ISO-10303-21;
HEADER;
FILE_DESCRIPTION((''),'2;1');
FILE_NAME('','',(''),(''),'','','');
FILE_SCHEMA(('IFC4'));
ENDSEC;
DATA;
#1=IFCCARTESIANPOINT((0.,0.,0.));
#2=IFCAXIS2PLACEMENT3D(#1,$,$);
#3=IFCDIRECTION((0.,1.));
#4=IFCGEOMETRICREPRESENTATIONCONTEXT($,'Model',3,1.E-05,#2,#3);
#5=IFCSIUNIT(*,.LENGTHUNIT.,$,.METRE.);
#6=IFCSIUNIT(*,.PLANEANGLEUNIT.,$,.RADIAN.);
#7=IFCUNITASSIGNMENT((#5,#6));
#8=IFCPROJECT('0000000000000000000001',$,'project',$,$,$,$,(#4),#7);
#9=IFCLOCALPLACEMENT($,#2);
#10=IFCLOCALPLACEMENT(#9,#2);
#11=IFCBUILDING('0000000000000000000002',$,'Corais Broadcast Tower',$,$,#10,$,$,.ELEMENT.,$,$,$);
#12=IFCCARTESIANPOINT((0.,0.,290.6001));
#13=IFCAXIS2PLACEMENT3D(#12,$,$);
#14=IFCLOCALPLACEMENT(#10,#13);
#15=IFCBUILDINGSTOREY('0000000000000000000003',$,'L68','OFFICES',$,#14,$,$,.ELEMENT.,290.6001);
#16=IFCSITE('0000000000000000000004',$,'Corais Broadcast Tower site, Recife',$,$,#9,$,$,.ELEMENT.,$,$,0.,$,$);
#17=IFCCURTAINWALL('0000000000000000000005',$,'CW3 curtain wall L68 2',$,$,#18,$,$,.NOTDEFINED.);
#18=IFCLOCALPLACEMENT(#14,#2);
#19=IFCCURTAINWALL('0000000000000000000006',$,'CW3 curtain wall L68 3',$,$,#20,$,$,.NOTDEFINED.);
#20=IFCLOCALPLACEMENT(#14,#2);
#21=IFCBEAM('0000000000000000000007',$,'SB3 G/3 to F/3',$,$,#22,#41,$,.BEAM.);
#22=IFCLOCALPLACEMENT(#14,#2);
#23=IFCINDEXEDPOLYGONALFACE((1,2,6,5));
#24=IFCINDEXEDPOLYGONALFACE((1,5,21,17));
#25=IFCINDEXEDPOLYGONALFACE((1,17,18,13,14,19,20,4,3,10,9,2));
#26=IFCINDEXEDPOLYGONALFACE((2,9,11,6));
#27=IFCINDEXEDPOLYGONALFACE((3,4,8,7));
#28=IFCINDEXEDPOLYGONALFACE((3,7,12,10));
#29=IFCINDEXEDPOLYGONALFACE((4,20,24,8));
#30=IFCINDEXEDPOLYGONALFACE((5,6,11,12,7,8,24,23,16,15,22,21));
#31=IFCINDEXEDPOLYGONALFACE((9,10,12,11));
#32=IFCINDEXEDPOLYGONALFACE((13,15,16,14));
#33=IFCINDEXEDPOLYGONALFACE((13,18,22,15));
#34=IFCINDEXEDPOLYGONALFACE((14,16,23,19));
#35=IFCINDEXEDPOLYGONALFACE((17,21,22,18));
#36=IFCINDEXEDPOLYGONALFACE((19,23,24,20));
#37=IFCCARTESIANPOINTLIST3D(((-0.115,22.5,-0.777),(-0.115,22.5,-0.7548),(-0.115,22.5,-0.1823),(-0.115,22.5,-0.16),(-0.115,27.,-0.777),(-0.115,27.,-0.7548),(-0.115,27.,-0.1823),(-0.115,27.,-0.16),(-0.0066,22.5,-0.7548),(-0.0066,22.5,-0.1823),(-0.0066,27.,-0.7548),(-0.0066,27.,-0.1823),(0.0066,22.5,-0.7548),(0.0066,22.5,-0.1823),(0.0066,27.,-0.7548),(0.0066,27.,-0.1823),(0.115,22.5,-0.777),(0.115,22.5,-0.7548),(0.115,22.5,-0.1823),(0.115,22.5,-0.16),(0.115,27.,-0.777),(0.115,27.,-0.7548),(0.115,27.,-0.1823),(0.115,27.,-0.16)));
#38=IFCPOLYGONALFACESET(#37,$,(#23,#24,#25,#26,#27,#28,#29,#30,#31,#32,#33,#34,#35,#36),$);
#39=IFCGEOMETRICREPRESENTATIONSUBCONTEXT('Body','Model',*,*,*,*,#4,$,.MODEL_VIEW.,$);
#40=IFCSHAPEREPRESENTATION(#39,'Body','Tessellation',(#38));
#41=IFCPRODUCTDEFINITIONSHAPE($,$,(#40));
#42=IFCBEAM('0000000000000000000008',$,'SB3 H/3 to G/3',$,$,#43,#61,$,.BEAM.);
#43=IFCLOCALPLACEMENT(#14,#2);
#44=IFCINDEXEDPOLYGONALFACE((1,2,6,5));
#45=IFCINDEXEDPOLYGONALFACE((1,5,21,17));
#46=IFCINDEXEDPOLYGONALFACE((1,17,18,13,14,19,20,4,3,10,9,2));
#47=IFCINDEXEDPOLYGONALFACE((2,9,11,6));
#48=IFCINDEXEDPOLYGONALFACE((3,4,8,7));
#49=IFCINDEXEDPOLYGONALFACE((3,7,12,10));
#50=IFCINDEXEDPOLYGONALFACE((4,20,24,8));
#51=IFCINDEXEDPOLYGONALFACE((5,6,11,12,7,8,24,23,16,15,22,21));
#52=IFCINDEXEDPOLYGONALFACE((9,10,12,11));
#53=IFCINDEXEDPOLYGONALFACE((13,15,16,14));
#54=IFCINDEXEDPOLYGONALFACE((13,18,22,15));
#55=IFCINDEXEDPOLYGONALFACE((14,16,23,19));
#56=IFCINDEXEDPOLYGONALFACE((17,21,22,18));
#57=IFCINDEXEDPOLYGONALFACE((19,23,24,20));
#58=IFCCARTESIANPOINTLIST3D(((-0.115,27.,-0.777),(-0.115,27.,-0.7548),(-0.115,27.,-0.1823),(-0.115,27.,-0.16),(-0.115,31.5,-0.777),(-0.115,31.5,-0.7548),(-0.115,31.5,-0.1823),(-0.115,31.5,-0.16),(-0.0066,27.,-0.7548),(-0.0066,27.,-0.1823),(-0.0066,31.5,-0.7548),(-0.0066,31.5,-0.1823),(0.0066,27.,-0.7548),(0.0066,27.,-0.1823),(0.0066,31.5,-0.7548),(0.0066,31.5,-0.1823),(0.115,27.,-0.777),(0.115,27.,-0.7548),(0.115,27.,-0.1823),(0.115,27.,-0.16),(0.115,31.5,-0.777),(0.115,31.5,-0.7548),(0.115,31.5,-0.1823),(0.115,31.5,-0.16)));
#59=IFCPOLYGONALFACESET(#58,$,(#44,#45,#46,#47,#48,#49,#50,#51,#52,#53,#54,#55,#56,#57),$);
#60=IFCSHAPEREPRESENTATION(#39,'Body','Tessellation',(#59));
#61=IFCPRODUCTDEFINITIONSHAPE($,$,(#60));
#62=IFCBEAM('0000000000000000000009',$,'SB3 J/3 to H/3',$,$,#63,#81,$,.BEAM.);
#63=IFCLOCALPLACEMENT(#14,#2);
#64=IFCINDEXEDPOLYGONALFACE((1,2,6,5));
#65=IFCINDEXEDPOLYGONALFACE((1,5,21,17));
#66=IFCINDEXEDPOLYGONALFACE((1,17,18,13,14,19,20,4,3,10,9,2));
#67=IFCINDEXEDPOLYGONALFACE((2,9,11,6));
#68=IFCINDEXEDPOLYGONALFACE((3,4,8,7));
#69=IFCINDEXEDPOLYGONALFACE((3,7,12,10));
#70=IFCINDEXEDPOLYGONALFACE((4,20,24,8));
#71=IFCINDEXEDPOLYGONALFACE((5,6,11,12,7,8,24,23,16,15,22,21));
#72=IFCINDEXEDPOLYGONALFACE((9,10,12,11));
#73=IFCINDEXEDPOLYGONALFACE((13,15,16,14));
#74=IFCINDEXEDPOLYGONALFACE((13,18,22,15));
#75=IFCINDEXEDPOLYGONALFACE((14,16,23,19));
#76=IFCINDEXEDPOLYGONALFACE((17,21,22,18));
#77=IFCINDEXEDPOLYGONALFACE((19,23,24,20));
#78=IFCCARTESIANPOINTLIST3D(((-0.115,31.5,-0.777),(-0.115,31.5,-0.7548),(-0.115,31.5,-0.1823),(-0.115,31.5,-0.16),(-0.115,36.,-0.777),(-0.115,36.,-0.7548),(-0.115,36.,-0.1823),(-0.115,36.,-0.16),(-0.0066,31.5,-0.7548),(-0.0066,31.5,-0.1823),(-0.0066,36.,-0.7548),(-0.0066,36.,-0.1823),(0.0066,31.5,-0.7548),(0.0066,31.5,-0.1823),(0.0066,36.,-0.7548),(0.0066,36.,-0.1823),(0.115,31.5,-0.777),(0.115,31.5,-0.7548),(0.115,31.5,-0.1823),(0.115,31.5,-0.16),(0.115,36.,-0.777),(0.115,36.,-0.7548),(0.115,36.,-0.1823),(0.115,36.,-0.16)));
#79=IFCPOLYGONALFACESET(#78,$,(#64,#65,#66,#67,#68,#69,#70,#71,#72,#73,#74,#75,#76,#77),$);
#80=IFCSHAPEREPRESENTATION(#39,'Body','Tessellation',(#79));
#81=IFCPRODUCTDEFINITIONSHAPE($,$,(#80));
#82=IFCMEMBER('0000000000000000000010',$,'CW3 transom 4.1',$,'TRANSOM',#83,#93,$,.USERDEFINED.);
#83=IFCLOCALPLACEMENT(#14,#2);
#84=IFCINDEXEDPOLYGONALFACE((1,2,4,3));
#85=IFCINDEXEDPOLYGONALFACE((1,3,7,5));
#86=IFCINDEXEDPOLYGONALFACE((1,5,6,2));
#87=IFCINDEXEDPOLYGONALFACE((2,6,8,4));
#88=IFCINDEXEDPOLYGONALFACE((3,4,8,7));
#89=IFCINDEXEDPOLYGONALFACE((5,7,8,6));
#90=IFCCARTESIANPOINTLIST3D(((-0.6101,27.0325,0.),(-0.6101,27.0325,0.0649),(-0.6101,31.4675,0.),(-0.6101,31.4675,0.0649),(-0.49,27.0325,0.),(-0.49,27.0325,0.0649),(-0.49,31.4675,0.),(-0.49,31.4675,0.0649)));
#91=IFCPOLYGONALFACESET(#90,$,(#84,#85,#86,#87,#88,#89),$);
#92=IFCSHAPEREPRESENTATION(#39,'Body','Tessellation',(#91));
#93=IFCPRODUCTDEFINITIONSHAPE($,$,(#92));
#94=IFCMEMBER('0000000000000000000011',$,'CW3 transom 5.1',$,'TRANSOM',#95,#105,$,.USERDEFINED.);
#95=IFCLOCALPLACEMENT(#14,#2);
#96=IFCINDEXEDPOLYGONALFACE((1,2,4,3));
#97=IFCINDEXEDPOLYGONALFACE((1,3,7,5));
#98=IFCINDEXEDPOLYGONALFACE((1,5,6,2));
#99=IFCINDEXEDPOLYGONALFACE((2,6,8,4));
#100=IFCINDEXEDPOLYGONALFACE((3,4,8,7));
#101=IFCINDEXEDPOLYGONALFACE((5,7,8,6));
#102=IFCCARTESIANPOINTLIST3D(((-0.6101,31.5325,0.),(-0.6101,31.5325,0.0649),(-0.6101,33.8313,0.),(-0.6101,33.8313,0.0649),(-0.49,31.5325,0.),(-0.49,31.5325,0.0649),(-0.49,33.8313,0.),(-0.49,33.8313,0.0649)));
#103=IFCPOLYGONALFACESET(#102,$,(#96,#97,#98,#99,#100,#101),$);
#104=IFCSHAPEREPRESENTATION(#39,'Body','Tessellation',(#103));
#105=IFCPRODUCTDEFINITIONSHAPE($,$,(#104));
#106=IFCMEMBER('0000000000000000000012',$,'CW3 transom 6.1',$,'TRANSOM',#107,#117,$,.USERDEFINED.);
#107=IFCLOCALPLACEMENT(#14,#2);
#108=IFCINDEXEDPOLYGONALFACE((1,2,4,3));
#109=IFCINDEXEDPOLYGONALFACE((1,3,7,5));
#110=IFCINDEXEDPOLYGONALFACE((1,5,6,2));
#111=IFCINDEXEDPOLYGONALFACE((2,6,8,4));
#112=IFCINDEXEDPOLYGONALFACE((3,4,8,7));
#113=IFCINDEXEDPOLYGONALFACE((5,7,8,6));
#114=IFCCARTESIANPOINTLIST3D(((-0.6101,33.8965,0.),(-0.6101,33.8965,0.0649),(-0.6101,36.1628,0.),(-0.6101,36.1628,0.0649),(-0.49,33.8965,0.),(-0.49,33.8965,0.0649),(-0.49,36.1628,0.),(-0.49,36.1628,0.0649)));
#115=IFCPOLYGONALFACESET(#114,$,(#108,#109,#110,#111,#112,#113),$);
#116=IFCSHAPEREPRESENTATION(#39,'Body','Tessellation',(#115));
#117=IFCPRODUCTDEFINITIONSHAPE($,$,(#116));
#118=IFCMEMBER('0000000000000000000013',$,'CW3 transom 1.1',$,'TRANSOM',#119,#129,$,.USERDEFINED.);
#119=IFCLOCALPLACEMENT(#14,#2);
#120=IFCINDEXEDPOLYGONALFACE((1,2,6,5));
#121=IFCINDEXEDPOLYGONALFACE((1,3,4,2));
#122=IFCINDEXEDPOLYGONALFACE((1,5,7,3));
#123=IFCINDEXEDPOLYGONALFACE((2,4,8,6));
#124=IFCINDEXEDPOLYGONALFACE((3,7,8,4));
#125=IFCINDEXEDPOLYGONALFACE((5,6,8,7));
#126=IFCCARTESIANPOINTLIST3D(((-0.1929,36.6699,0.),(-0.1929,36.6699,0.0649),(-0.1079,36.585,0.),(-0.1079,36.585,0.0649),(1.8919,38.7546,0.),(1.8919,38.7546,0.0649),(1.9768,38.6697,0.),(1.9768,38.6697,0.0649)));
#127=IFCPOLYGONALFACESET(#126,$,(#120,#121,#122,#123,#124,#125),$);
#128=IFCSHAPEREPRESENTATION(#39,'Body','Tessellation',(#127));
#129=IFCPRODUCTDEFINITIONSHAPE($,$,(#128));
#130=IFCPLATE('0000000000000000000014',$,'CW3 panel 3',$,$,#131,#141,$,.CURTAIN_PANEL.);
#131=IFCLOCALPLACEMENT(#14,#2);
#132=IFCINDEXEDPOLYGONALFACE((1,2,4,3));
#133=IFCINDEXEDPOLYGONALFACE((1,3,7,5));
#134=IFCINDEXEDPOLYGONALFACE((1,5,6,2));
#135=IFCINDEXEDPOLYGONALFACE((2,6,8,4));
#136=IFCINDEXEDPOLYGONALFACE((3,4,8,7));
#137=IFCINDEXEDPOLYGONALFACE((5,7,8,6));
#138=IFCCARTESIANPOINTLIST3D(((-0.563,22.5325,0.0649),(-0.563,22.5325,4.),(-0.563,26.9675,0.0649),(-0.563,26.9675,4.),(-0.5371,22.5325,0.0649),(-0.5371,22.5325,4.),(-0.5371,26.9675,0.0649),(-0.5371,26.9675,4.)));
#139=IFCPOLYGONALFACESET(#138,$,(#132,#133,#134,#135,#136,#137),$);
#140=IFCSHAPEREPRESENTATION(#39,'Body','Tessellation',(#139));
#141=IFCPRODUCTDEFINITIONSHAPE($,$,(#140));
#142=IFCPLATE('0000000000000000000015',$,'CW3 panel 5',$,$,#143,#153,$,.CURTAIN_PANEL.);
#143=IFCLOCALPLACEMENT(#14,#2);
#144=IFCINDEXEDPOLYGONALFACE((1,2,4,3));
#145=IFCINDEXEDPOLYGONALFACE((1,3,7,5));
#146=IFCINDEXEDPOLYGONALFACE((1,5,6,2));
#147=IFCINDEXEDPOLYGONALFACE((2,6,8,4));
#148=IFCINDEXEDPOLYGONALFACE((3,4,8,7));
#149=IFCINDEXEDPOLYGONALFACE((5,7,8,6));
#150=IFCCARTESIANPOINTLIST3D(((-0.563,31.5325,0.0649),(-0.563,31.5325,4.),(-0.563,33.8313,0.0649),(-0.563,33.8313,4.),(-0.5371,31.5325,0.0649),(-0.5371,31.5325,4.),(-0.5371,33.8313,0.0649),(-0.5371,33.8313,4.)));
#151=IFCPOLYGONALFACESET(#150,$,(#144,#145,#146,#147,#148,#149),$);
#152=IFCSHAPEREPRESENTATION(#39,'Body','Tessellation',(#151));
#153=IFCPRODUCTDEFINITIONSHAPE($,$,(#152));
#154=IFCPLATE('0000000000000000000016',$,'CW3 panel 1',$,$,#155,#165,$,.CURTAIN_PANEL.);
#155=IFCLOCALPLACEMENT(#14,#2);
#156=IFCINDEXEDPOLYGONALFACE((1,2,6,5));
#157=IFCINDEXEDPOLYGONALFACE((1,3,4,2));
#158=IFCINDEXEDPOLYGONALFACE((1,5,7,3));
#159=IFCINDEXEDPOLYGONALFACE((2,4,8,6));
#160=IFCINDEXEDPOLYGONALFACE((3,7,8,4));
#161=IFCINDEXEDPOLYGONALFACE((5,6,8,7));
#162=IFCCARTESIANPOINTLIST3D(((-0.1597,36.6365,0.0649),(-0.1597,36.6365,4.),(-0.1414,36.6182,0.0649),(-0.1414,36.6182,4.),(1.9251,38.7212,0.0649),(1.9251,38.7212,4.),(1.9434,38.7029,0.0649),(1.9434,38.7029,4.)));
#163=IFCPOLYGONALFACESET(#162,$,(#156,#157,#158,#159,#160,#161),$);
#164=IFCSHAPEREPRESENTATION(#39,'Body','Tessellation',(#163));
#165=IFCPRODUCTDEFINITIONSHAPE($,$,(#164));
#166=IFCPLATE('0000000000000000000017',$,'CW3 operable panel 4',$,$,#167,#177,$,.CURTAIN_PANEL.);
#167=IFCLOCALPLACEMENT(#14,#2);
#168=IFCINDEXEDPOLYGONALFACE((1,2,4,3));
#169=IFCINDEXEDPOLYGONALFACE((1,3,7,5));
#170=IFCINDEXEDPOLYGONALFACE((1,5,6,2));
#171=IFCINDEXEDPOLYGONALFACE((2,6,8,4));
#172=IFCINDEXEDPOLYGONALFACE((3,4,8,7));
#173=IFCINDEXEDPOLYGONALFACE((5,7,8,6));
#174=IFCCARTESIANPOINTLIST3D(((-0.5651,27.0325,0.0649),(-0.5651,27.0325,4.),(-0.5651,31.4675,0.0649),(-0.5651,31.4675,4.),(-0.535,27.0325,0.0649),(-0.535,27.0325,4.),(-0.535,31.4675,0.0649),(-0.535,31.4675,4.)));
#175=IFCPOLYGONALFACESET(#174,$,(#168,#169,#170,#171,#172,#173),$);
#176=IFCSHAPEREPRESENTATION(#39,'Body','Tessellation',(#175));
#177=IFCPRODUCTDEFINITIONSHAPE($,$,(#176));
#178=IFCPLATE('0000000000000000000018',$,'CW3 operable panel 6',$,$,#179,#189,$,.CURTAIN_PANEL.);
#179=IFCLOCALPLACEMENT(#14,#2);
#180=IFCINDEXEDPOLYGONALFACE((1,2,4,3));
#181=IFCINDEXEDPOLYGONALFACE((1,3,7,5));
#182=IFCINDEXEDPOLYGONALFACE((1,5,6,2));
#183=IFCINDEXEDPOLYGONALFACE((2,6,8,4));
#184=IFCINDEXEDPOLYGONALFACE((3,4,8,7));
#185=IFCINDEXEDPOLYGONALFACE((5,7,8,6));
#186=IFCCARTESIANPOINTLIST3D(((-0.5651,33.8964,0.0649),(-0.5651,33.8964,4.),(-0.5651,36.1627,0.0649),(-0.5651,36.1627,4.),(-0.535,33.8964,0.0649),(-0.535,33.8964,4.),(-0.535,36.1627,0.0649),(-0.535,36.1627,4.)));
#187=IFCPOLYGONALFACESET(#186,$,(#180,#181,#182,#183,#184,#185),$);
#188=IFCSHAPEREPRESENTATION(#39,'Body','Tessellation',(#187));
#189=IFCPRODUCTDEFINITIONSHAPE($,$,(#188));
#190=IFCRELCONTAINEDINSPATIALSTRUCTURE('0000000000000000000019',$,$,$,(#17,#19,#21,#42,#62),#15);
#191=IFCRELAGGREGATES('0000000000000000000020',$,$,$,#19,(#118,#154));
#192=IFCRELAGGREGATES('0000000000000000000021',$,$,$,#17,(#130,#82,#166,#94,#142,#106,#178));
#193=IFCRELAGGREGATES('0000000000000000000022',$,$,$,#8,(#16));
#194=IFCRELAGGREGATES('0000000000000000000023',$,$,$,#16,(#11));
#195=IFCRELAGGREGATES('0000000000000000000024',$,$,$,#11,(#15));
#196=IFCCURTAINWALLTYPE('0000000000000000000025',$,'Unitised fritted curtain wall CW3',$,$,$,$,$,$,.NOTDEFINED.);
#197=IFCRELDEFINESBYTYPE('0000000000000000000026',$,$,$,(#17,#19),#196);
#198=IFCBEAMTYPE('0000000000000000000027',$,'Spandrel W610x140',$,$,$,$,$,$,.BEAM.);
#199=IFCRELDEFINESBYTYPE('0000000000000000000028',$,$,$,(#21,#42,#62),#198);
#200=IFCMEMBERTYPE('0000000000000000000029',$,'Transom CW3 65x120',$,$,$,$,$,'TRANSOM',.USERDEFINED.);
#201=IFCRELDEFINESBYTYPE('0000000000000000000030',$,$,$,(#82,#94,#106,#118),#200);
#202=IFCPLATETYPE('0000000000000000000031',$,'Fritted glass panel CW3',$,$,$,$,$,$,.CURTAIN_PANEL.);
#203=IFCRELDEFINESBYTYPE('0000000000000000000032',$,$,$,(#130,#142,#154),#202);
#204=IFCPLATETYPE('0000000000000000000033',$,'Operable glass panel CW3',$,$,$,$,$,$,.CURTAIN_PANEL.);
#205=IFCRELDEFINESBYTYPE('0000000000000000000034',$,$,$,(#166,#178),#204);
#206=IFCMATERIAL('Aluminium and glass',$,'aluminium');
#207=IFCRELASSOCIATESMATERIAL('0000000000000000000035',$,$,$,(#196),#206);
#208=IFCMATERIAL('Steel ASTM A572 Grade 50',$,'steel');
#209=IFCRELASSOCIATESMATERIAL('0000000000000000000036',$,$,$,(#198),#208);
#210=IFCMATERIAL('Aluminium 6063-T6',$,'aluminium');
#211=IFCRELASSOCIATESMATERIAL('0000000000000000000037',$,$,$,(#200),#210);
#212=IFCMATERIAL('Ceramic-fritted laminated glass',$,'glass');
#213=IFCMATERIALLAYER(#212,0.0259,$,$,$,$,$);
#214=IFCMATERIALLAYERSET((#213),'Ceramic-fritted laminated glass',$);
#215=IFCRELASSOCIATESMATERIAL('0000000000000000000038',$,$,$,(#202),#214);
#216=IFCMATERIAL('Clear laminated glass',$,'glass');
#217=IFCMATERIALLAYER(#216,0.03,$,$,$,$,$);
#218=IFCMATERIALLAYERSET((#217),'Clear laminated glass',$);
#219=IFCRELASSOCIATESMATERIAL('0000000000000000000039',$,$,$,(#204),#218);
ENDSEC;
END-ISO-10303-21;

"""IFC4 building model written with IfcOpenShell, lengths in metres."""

from ifc_helpers import new_model, si_unit, direction, frame, origin, origin_2d, place, context, subcontext, project, spatial, rectangle, i_section, extrude, material, layer, layer_set, material_profile, profile_set, type_object, element, aggregate, save


model = new_model("IFC4")

# Units and contexts
model_context = context("Model", 3, precision=1e-05, world=origin(), true_north=direction((0.0, 1.0)))
body_context = subcontext(model_context, "Body", "Model", "MODEL_VIEW")
ifc_project = project(units=[si_unit("LENGTHUNIT", "METRE"), si_unit("PLANEANGLEUNIT", "RADIAN")], contexts=[model_context])

# Site, building, storey
site_placement = place(None, origin())
site = spatial("IfcSite", under=ifc_project, at=site_placement, Name="Corais Broadcast Tower site, Recife", CompositionType="ELEMENT", RefElevation=0.0)
building_placement = place(site_placement, origin())
building = spatial("IfcBuilding", under=site, at=building_placement, Name="Corais Broadcast Tower", CompositionType="ELEMENT")
storey_placement = place(building_placement, frame((0.0, 0.0, 290.6001)))
storey = spatial("IfcBuildingStorey", under=building, at=storey_placement, Name="L68", Description="OFFICES", CompositionType="ELEMENT", Elevation=290.6001)

# Curtain walls
ifc_material_1 = material(Name="Aluminium and glass", Category="aluminium")
curtain_wall_type = type_object("IfcCurtainWallType", Name="Unitised fritted curtain wall CW3", PredefinedType="NOTDEFINED", material=ifc_material_1)
curtain_wall_1_placement = place(storey_placement, origin())
curtain_wall_1 = element("IfcCurtainWall", 1, at=curtain_wall_1_placement, inside=storey, type_object=curtain_wall_type, Name="CW3 curtain wall L68 2", PredefinedType="NOTDEFINED")
curtain_wall_2_placement = place(storey_placement, origin())
curtain_wall_2 = element("IfcCurtainWall", 2, at=curtain_wall_2_placement, inside=storey, type_object=curtain_wall_type, Name="CW3 curtain wall L68 3", PredefinedType="NOTDEFINED")

# Beams
ifc_material_2 = material(Name="Steel ASTM A572 Grade 50", Category="steel")
ifc_material_profile_1 = material_profile(ifc_material_2, i_section(OverallWidth=0.23, OverallDepth=0.6169, WebThickness=0.0132, FlangeThickness=0.0222, at=origin_2d()), Name="W610x140")
ifc_profile_set_1 = profile_set([ifc_material_profile_1], Name="Steel ASTM A572 Grade 50")
beam_type_1 = type_object("IfcBeamType", Name="Spandrel W610x140", PredefinedType="BEAM", material=ifc_profile_set_1)
for number, where, z_axis, x_axis, name in (
    (3, (0.0, 27.0, -0.4685), (0.0, -1.0, 0.0), (1.0, 0.0, 0.0), "SB3 G/3 to F/3"),
    (4, (0.0, 31.5, -0.4685), (0.0, -1.0, 0.0), (1.0, 0.0, 0.0), "SB3 H/3 to G/3"),
    (5, (0.0, 36.0, -0.4685), (0.0, -1.0, 0.0), (1.0, 0.0, 0.0), "SB3 J/3 to H/3"),
):
    element("IfcBeam", number, at=place(storey_placement, frame(where, z_axis=z_axis, x_axis=x_axis)), inside=storey, type_object=beam_type_1, Name=name, PredefinedType="BEAM", context=body_context, shape_type="SweptSolid", body=[
        extrude(i_section(OverallWidth=0.23, OverallDepth=0.6169, WebThickness=0.0132, FlangeThickness=0.0222, at=origin_2d()), origin(), (0.0, 0.0, 1.0), 4.5),
    ])

# Members
ifc_material_3 = material(Name="Aluminium 6063-T6", Category="aluminium")
ifc_material_profile_2 = material_profile(ifc_material_3, rectangle(XDim=0.1201, YDim=0.0649, at=origin_2d()), Name="Transom CW3 65x120")
ifc_profile_set_2 = profile_set([ifc_material_profile_2], Name="Aluminium 6063-T6")
member_type_1 = type_object("IfcMemberType", Name="Transom CW3 65x120", ElementType="TRANSOM", PredefinedType="USERDEFINED", material=ifc_profile_set_2)
member_1_placement = place(storey_placement, frame((-0.55, 27.0325, 0.0325), z_axis=(0.0, 1.0, 0.0), x_axis=(-1.0, 0.0, 0.0)))
member_1 = element("IfcMember", 6, at=member_1_placement, type_object=member_type_1, Name="CW3 transom 4.1", ObjectType="TRANSOM", PredefinedType="USERDEFINED", context=body_context, shape_type="SweptSolid", body=[
    extrude(rectangle(XDim=0.1201, YDim=0.0649, at=origin_2d()), origin(), (0.0, 0.0, 1.0), 4.4351),
])
member_2_placement = place(storey_placement, frame((-0.55, 31.5325, 0.0325), z_axis=(0.0, 1.0, 0.0), x_axis=(-1.0, 0.0, 0.0)))
member_2 = element("IfcMember", 7, at=member_2_placement, type_object=member_type_1, Name="CW3 transom 5.1", ObjectType="TRANSOM", PredefinedType="USERDEFINED", context=body_context, shape_type="SweptSolid", body=[
    extrude(rectangle(XDim=0.1201, YDim=0.0649, at=origin_2d()), origin(), (0.0, 0.0, 1.0), 2.2988),
])
member_3_placement = place(storey_placement, frame((-0.55, 33.8965, 0.0325), z_axis=(0.0, 1.0, 0.0), x_axis=(-1.0, 0.0, 0.0)))
member_3 = element("IfcMember", 8, at=member_3_placement, type_object=member_type_1, Name="CW3 transom 6.1", ObjectType="TRANSOM", PredefinedType="USERDEFINED", context=body_context, shape_type="SweptSolid", body=[
    extrude(rectangle(XDim=0.1201, YDim=0.0649, at=origin_2d()), origin(), (0.0, 0.0, 1.0), 2.2664),
])
member_4_placement = place(storey_placement, frame((-0.1504, 36.6274, 0.0325), z_axis=(0.707107, 0.707107, 0.0), x_axis=(-0.707107, 0.707107, 0.0)))
member_4 = element("IfcMember", 9, at=member_4_placement, type_object=member_type_1, Name="CW3 transom 1.1", ObjectType="TRANSOM", PredefinedType="USERDEFINED", context=body_context, shape_type="SweptSolid", body=[
    extrude(rectangle(XDim=0.1201, YDim=0.0649, at=origin_2d()), origin(), (0.0, 0.0, 1.0), 2.9482),
])

# Plates
ifc_material_4 = material(Name="Ceramic-fritted laminated glass", Category="glass")
ifc_layer_1 = layer(ifc_material_4, 0.0259)
ifc_layer_set_1 = layer_set([ifc_layer_1], Name="Ceramic-fritted laminated glass")
plate_type_1 = type_object("IfcPlateType", Name="Fritted glass panel CW3", PredefinedType="CURTAIN_PANEL", material=ifc_layer_set_1)
plate_1_placement = place(storey_placement, frame((-0.55, 24.75, 0.0649), z_axis=(0.0, 0.0, 1.0), x_axis=(0.0, 1.0, 0.0)))
plate_1 = element("IfcPlate", 10, at=plate_1_placement, type_object=plate_type_1, Name="CW3 panel 3", PredefinedType="CURTAIN_PANEL", context=body_context, shape_type="SweptSolid", body=[
    extrude(rectangle(XDim=4.4351, YDim=0.0259, at=origin_2d()), origin(), (0.0, 0.0, 1.0), 3.9351),
])
plate_2_placement = place(storey_placement, frame((-0.55, 32.6819, 0.0649), z_axis=(0.0, 0.0, 1.0), x_axis=(0.0, 1.0, 0.0)))
plate_2 = element("IfcPlate", 11, at=plate_2_placement, type_object=plate_type_1, Name="CW3 panel 5", PredefinedType="CURTAIN_PANEL", context=body_context, shape_type="SweptSolid", body=[
    extrude(rectangle(XDim=2.2988, YDim=0.0259, at=origin_2d()), origin(), (0.0, 0.0, 1.0), 3.9351),
])
plate_3_placement = place(storey_placement, frame((0.8918, 37.6697, 0.0649), z_axis=(0.0, 0.0, 1.0), x_axis=(0.707107, 0.707107, 0.0)))
plate_3 = element("IfcPlate", 12, at=plate_3_placement, type_object=plate_type_1, Name="CW3 panel 1", PredefinedType="CURTAIN_PANEL", context=body_context, shape_type="SweptSolid", body=[
    extrude(rectangle(XDim=2.9482, YDim=0.0259, at=origin_2d()), origin(), (0.0, 0.0, 1.0), 3.9351),
])
aggregate(curtain_wall_2, [member_4, plate_3])
ifc_material_5 = material(Name="Clear laminated glass", Category="glass")
ifc_layer_2 = layer(ifc_material_5, 0.03)
ifc_layer_set_2 = layer_set([ifc_layer_2], Name="Clear laminated glass")
plate_type_2 = type_object("IfcPlateType", Name="Operable glass panel CW3", PredefinedType="CURTAIN_PANEL", material=ifc_layer_set_2)
plate_4_placement = place(storey_placement, frame((-0.55, 29.25, 0.0649), z_axis=(0.0, 0.0, 1.0), x_axis=(0.0, 1.0, 0.0)))
plate_4 = element("IfcPlate", 13, at=plate_4_placement, type_object=plate_type_2, Name="CW3 operable panel 4", PredefinedType="CURTAIN_PANEL", context=body_context, shape_type="SweptSolid", body=[
    extrude(rectangle(XDim=4.4351, YDim=0.03, at=origin_2d()), origin(), (0.0, 0.0, 1.0), 3.9351),
])
plate_5_placement = place(storey_placement, frame((-0.55, 35.0295, 0.0649), z_axis=(0.0, 0.0, 1.0), x_axis=(0.0, 1.0, 0.0)))
plate_5 = element("IfcPlate", 14, at=plate_5_placement, type_object=plate_type_2, Name="CW3 operable panel 6", PredefinedType="CURTAIN_PANEL", context=body_context, shape_type="SweptSolid", body=[
    extrude(rectangle(XDim=2.2664, YDim=0.03, at=origin_2d()), origin(), (0.0, 0.0, 1.0), 3.9351),
])
aggregate(curtain_wall_1, [plate_1, member_1, plate_4, member_2, plate_2, member_3, plate_5])

save(model, "model.ifc")
